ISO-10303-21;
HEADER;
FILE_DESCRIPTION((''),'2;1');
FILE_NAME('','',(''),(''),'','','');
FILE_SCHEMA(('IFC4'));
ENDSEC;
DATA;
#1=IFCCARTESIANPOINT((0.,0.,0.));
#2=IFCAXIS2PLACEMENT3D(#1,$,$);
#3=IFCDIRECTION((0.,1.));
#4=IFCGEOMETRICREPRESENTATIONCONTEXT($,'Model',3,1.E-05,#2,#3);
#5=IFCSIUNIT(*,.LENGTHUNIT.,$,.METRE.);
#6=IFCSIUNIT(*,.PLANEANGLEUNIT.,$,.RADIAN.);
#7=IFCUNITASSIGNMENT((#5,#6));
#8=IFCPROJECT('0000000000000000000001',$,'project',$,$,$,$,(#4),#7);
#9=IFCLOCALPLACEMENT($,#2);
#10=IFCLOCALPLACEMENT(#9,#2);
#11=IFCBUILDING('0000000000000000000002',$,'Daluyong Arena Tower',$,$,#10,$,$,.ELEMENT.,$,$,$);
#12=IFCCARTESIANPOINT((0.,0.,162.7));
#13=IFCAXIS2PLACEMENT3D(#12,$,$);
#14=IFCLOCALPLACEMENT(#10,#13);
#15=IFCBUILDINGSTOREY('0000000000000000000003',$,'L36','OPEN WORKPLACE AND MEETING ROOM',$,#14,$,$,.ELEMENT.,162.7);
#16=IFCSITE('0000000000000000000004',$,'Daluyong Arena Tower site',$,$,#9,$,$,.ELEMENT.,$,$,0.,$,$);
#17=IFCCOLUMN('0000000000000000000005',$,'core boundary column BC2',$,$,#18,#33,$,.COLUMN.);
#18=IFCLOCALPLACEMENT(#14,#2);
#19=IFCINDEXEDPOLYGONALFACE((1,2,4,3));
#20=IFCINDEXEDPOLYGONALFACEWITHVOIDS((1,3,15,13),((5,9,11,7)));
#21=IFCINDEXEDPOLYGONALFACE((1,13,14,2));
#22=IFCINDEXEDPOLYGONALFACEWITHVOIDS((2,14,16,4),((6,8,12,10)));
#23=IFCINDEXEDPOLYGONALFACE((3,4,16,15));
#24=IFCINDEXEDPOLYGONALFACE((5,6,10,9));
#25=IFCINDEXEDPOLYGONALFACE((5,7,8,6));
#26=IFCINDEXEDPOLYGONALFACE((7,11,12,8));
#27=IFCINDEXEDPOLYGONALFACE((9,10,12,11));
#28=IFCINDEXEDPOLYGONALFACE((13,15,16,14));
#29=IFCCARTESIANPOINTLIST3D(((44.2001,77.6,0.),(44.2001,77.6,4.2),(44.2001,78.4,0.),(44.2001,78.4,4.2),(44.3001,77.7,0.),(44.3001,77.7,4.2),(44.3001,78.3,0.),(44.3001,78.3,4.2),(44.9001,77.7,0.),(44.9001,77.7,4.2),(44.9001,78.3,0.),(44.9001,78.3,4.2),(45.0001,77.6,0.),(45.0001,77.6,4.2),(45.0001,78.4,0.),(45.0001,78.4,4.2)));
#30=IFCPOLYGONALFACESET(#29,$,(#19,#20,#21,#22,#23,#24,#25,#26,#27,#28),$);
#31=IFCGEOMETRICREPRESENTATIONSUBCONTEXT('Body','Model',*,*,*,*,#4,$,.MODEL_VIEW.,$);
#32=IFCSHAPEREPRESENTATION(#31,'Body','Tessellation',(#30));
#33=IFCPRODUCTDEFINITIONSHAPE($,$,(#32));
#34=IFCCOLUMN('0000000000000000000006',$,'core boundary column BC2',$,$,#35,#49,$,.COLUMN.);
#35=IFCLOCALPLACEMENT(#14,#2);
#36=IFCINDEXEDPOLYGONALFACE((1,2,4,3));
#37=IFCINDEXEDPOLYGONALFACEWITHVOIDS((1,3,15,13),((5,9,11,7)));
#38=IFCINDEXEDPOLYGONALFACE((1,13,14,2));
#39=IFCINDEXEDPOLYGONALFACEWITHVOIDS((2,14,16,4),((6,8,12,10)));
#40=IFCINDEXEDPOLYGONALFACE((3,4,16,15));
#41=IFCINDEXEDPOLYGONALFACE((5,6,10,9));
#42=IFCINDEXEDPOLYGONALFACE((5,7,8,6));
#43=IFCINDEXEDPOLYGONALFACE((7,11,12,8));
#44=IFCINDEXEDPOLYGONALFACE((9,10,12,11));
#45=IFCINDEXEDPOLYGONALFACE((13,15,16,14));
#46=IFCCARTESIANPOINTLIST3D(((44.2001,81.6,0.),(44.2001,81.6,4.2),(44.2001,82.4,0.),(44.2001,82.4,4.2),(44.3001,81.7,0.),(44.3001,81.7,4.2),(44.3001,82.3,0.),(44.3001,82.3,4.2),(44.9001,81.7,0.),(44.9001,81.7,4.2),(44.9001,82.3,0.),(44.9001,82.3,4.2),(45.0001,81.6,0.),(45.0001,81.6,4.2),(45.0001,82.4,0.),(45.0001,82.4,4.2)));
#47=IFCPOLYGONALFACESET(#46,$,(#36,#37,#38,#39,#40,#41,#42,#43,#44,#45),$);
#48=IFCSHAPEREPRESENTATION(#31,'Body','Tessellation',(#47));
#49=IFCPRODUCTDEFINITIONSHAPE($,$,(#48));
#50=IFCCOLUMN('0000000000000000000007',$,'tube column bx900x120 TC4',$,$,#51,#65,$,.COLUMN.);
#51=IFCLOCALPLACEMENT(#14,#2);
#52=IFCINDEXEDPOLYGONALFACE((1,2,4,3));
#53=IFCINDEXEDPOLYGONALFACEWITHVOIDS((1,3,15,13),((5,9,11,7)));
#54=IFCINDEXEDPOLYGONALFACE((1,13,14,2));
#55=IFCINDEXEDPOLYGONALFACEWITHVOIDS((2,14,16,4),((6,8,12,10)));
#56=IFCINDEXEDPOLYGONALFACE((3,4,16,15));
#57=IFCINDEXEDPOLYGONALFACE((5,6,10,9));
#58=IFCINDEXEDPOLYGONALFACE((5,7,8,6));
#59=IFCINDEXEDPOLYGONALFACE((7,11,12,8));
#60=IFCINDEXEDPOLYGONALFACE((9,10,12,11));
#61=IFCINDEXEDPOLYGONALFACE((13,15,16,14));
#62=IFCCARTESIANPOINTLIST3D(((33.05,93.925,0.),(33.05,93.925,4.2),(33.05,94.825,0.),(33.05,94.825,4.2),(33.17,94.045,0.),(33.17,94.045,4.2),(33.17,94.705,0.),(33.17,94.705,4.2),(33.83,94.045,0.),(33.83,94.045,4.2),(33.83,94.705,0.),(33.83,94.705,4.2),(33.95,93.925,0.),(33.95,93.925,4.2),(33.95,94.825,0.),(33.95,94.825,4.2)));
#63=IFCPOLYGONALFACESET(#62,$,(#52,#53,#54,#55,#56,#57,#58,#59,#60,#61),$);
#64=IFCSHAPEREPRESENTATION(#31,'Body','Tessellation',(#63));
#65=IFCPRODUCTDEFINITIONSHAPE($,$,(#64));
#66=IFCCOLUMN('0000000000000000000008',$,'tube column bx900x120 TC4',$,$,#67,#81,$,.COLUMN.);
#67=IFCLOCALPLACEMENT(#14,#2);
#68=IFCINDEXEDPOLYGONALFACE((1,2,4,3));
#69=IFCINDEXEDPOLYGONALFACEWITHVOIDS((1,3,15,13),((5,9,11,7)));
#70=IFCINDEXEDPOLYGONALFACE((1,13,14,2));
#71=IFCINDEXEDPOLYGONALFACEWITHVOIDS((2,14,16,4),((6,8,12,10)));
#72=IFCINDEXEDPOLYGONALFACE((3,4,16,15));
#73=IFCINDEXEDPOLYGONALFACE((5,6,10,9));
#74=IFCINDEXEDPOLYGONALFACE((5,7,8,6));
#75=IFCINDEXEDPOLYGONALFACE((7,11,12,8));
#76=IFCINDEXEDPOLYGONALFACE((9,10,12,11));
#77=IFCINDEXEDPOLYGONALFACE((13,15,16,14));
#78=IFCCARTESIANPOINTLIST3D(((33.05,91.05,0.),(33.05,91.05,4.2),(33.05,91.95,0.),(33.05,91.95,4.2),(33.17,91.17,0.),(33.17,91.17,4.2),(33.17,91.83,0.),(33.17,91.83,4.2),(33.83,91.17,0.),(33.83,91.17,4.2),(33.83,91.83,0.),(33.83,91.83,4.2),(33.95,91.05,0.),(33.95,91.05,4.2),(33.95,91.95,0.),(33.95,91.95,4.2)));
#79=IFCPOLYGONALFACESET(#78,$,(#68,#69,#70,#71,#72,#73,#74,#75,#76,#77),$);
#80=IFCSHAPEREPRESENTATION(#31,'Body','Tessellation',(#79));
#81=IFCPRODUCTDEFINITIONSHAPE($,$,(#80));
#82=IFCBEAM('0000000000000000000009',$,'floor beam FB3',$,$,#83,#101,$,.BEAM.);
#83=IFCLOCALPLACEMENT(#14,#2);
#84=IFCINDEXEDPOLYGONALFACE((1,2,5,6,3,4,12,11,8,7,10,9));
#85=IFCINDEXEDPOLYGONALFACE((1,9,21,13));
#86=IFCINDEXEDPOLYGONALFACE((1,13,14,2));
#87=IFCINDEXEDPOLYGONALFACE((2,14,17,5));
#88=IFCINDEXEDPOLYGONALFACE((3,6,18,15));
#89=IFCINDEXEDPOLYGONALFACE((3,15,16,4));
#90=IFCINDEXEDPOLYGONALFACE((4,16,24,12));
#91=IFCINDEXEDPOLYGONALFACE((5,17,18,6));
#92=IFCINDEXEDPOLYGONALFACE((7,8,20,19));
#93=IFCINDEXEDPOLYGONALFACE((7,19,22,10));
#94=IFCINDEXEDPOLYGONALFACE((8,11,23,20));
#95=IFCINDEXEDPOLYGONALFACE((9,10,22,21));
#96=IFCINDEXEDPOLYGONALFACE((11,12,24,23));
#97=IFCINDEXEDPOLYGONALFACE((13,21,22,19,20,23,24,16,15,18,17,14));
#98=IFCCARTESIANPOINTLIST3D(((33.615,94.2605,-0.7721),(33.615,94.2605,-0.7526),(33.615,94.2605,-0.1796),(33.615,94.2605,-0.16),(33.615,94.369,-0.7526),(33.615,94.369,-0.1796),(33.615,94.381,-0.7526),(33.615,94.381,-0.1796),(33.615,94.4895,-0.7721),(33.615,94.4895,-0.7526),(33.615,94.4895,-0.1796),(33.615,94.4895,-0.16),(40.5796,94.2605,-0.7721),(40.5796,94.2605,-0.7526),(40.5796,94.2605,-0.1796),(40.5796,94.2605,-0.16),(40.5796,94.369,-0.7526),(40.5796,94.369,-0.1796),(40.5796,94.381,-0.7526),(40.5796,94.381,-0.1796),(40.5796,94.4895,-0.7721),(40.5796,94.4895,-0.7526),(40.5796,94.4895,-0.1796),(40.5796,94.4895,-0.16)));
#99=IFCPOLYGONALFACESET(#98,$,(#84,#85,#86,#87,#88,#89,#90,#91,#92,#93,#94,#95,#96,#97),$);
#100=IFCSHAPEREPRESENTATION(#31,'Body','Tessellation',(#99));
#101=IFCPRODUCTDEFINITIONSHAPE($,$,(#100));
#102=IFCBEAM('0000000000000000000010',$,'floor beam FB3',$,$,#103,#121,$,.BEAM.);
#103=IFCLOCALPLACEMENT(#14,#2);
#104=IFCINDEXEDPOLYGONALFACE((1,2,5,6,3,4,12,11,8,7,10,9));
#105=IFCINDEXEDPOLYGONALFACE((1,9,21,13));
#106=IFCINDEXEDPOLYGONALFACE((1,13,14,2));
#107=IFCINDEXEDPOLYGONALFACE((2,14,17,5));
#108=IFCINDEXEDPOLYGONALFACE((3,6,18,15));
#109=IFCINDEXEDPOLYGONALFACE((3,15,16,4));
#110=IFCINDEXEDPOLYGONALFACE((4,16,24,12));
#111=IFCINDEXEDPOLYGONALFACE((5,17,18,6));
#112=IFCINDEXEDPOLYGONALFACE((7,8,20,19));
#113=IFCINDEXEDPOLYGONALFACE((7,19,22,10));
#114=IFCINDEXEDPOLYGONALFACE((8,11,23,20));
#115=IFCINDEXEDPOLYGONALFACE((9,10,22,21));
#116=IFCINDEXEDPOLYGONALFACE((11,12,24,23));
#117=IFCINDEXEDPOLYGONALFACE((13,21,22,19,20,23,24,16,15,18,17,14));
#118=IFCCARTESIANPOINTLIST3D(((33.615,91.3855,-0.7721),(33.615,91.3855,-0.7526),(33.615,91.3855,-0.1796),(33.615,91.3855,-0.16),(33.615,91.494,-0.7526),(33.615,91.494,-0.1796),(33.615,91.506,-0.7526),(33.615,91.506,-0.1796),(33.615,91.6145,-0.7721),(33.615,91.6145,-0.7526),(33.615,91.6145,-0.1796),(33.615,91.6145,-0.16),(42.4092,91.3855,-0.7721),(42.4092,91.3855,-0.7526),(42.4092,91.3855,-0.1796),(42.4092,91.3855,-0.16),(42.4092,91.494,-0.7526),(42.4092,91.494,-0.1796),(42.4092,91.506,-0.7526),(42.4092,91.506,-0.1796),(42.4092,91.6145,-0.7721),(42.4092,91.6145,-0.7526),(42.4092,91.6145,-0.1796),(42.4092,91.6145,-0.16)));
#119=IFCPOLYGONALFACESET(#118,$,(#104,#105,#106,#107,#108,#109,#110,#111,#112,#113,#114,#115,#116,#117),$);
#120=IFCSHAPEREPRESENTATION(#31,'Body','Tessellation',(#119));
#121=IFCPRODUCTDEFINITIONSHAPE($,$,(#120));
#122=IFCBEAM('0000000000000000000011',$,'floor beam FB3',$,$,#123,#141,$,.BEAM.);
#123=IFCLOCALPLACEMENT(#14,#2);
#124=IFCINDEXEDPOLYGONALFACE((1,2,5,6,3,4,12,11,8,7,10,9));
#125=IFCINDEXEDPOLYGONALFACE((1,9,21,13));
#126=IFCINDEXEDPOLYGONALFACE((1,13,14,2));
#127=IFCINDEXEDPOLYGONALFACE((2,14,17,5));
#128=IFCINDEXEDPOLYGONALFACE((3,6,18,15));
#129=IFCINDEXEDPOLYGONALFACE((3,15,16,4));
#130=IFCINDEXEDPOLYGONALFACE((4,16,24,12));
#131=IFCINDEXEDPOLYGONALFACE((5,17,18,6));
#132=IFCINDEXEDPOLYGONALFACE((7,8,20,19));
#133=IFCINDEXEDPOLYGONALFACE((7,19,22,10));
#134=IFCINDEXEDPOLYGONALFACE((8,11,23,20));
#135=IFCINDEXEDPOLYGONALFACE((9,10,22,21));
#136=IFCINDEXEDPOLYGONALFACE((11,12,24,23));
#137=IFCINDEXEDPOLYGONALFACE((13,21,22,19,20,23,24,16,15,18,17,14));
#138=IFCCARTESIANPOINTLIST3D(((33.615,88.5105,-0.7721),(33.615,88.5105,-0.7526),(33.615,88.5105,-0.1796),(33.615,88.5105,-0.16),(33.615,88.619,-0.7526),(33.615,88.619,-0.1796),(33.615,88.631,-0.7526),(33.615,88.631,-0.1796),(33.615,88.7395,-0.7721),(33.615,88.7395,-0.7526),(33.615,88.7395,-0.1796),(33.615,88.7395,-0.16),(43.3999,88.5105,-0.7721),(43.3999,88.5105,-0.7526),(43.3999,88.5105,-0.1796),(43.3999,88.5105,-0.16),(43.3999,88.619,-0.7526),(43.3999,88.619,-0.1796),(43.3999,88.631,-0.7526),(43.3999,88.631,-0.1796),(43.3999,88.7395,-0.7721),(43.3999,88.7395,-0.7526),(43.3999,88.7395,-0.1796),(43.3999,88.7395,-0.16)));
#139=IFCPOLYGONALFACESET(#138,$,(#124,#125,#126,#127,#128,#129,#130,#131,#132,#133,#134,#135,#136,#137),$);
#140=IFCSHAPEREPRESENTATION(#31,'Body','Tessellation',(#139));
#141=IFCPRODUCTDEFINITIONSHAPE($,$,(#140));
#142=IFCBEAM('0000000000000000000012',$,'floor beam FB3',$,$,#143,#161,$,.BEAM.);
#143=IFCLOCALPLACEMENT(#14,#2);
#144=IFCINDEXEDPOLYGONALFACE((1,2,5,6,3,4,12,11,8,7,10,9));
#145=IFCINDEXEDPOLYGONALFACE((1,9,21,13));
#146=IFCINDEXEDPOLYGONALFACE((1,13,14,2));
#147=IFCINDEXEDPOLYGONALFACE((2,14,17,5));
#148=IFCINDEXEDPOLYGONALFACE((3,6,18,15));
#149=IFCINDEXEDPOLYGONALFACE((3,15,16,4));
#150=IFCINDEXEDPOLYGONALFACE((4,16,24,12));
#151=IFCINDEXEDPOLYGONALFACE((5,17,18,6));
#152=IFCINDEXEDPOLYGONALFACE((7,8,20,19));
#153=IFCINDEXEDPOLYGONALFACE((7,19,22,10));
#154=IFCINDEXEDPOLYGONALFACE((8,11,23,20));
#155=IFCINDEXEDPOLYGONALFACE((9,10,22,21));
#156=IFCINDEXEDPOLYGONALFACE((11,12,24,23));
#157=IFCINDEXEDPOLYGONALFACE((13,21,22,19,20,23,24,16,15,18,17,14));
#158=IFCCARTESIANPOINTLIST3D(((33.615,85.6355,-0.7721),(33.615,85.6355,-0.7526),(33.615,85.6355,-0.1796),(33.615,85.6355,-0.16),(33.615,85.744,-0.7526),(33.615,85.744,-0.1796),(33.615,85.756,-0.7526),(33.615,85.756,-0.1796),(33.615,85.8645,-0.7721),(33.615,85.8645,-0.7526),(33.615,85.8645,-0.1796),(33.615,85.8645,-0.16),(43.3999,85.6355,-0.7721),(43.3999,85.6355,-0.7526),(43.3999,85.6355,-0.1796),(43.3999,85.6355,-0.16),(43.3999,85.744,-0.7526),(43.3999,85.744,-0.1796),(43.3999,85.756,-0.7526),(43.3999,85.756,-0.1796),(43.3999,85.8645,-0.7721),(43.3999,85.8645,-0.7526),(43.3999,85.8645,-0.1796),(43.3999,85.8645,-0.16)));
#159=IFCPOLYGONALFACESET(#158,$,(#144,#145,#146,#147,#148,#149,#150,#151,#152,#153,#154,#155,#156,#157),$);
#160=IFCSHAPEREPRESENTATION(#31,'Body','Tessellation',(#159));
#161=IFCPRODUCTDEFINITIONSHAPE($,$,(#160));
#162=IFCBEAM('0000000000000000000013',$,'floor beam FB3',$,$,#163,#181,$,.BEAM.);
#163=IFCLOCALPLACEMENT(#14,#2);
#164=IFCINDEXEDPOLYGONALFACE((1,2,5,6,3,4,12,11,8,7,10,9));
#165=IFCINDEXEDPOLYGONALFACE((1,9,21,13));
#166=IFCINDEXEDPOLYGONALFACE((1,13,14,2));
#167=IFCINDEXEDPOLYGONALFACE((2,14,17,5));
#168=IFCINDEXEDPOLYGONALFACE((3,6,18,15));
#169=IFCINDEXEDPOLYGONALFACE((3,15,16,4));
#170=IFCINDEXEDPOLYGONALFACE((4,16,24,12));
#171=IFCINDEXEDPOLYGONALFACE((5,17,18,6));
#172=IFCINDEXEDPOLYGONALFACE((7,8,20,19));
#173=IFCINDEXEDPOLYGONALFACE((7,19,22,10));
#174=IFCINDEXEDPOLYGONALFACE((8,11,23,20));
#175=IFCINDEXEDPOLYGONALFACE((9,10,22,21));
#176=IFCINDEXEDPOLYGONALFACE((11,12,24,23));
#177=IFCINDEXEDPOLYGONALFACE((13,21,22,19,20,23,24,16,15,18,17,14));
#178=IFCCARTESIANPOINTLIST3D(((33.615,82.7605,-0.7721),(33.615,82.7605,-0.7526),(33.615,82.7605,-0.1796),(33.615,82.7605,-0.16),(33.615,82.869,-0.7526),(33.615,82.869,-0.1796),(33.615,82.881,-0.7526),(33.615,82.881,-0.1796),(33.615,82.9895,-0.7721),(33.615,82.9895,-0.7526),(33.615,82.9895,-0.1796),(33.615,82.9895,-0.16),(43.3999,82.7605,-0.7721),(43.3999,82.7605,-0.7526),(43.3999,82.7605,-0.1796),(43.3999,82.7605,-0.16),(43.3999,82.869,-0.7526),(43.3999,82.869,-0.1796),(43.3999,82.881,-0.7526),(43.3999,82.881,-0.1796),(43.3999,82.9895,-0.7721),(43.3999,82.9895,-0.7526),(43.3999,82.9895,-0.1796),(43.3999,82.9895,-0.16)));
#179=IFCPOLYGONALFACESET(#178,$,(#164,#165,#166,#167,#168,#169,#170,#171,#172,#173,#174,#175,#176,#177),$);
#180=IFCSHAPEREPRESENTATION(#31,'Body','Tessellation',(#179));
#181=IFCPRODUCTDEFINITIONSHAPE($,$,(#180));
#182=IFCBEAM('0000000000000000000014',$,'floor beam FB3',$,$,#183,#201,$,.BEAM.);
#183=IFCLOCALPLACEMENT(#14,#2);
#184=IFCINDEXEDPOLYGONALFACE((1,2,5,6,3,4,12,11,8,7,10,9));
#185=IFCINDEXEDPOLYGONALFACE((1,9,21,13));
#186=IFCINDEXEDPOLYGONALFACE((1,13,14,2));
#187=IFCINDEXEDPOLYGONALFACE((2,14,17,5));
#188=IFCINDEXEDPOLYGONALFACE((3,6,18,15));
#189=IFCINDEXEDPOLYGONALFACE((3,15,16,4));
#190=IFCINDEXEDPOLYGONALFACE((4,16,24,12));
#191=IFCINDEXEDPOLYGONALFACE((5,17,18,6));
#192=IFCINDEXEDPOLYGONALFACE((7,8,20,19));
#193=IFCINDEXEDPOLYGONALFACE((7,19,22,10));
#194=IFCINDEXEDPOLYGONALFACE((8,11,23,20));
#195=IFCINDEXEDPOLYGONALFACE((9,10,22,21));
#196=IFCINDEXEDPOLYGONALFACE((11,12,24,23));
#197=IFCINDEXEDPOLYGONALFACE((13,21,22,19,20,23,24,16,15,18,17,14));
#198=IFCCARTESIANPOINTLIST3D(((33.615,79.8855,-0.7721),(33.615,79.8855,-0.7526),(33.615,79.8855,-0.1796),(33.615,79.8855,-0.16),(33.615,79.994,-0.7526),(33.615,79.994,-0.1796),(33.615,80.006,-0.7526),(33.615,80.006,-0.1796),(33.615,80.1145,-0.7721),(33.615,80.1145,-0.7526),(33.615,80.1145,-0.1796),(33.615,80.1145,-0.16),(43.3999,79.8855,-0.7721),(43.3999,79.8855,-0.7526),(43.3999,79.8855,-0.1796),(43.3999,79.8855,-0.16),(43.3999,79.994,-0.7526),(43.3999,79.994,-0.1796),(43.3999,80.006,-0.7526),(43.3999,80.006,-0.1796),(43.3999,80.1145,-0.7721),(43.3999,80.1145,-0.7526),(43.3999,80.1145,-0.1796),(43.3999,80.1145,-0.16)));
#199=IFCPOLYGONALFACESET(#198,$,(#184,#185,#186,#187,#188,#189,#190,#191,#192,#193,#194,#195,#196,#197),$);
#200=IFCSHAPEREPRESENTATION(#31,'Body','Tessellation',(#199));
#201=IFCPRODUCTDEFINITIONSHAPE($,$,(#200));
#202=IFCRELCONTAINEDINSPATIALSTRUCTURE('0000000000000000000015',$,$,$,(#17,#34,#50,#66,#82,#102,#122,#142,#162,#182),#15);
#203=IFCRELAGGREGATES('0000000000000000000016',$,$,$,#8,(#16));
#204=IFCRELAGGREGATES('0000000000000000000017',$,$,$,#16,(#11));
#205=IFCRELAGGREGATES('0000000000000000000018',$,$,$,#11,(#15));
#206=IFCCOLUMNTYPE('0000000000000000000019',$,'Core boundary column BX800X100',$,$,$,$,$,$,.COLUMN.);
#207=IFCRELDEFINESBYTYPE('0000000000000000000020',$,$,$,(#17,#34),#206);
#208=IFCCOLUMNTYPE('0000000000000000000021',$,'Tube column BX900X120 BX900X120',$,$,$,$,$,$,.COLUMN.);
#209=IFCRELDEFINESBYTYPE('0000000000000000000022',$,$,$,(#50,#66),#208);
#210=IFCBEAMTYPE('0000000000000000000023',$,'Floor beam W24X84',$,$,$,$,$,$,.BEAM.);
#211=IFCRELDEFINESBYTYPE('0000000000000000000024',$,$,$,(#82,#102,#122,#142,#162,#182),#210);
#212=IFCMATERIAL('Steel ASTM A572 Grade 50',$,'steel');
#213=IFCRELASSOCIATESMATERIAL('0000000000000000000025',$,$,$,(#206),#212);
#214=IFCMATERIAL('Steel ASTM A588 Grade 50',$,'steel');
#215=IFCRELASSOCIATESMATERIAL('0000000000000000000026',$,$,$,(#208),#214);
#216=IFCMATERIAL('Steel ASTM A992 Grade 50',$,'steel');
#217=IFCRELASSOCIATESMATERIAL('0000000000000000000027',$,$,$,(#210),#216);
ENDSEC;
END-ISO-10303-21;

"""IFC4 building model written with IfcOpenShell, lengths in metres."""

from ifc_helpers import new_model, si_unit, direction, frame, origin, origin_2d, place, context, subcontext, project, spatial, hollow_rectangle, i_section, extrude, material, material_profile, profile_set, type_object, element, save


model = new_model("IFC4")

# Units and contexts
model_context = context("Model", 3, precision=1e-05, world=origin(), true_north=direction((0.0, 1.0)))
body_context = subcontext(model_context, "Body", "Model", "MODEL_VIEW")
ifc_project = project(units=[si_unit("LENGTHUNIT", "METRE"), si_unit("PLANEANGLEUNIT", "RADIAN")], contexts=[model_context])

# Site, building, storey
site_placement = place(None, origin())
site = spatial("IfcSite", under=ifc_project, at=site_placement, Name="Daluyong Arena Tower site", CompositionType="ELEMENT", RefElevation=0.0)
building_placement = place(site_placement, origin())
building = spatial("IfcBuilding", under=site, at=building_placement, Name="Daluyong Arena Tower", CompositionType="ELEMENT")
storey_placement = place(building_placement, frame((0.0, 0.0, 162.7)))
storey = spatial("IfcBuildingStorey", under=building, at=storey_placement, Name="L36", Description="OPEN WORKPLACE AND MEETING ROOM", CompositionType="ELEMENT", Elevation=162.7)

# Columns
ifc_material_1 = material(Name="Steel ASTM A572 Grade 50", Category="steel")
ifc_material_profile_1 = material_profile(ifc_material_1, hollow_rectangle(XDim=0.8, YDim=0.8, WallThickness=0.1, at=origin_2d()))
ifc_profile_set_1 = profile_set([ifc_material_profile_1], Name="Steel ASTM A572 Grade 50")
column_type_1 = type_object("IfcColumnType", Name="Core boundary column BX800X100", PredefinedType="COLUMN", material=ifc_profile_set_1)
for number, where, z_axis, x_axis, name in (
    (1, (44.6001, 78.0, 0.0), (0.0, 0.0, 1.0), (1.0, 0.0, 0.0), "core boundary column BC2"),
    (2, (44.6001, 82.0, 0.0), (0.0, 0.0, 1.0), (1.0, 0.0, 0.0), "core boundary column BC2"),
):
    element("IfcColumn", number, at=place(storey_placement, frame(where, z_axis=z_axis, x_axis=x_axis)), inside=storey, type_object=column_type_1, Name=name, PredefinedType="COLUMN", context=body_context, shape_type="SweptSolid", body=[
        extrude(hollow_rectangle(XDim=0.8, YDim=0.8, WallThickness=0.1, at=origin_2d()), origin(), (0.0, 0.0, 1.0), 4.2),
    ])
ifc_material_2 = material(Name="Steel ASTM A588 Grade 50", Category="steel")
ifc_material_profile_2 = material_profile(ifc_material_2, hollow_rectangle(XDim=0.8999, YDim=0.8999, WallThickness=0.12, at=origin_2d()))
ifc_profile_set_2 = profile_set([ifc_material_profile_2], Name="Steel ASTM A588 Grade 50")
column_type_2 = type_object("IfcColumnType", Name="Tube column BX900X120 BX900X120", PredefinedType="COLUMN", material=ifc_profile_set_2)
for number, where, z_axis, x_axis, name in (
    (3, (33.5, 94.375, 0.0), (0.0, 0.0, 1.0), (0.0, 1.0, 0.0), "tube column bx900x120 TC4"),
    (4, (33.5, 91.5, 0.0), (0.0, 0.0, 1.0), (0.0, 1.0, 0.0), "tube column bx900x120 TC4"),
):
    element("IfcColumn", number, at=place(storey_placement, frame(where, z_axis=z_axis, x_axis=x_axis)), inside=storey, type_object=column_type_2, Name=name, PredefinedType="COLUMN", context=body_context, shape_type="SweptSolid", body=[
        extrude(hollow_rectangle(XDim=0.8999, YDim=0.8999, WallThickness=0.12, at=origin_2d()), origin(), (0.0, 0.0, 1.0), 4.2),
    ])

# Beams
ifc_material_3 = material(Name="Steel ASTM A992 Grade 50", Category="steel")
ifc_material_profile_3 = material_profile(ifc_material_3, i_section(OverallWidth=0.229, OverallDepth=0.6121, WebThickness=0.012, FlangeThickness=0.0195, at=origin_2d()))
ifc_profile_set_3 = profile_set([ifc_material_profile_3], Name="Steel ASTM A992 Grade 50")
beam_type_1 = type_object("IfcBeamType", Name="Floor beam W24X84", PredefinedType="BEAM", material=ifc_profile_set_3)
beam_1_placement = place(storey_placement, frame((33.615, 94.375, -0.4661), z_axis=(1.0, 0.0, 0.0), x_axis=(0.0, 1.0, 0.0)))
element("IfcBeam", 5, at=beam_1_placement, inside=storey, type_object=beam_type_1, Name="floor beam FB3", PredefinedType="BEAM", context=body_context, shape_type="SweptSolid", body=[
    extrude(i_section(OverallWidth=0.229, OverallDepth=0.6121, WebThickness=0.012, FlangeThickness=0.0195, at=origin_2d()), origin(), (0.0, 0.0, 1.0), 6.9646),
])
beam_2_placement = place(storey_placement, frame((33.615, 91.5, -0.4661), z_axis=(1.0, 0.0, 0.0), x_axis=(0.0, 1.0, 0.0)))
element("IfcBeam", 6, at=beam_2_placement, inside=storey, type_object=beam_type_1, Name="floor beam FB3", PredefinedType="BEAM", context=body_context, shape_type="SweptSolid", body=[
    extrude(i_section(OverallWidth=0.229, OverallDepth=0.6121, WebThickness=0.012, FlangeThickness=0.0195, at=origin_2d()), origin(), (0.0, 0.0, 1.0), 8.7942),
])
for number, where, z_axis, x_axis, name in (
    (7, (33.615, 88.625, -0.4661), (1.0, 0.0, 0.0), (0.0, 1.0, 0.0), "floor beam FB3"),
    (8, (33.615, 85.75, -0.4661), (1.0, 0.0, 0.0), (0.0, 1.0, 0.0), "floor beam FB3"),
    (9, (33.615, 82.875, -0.4661), (1.0, 0.0, 0.0), (0.0, 1.0, 0.0), "floor beam FB3"),
    (10, (33.615, 80.0, -0.4661), (1.0, 0.0, 0.0), (0.0, 1.0, 0.0), "floor beam FB3"),
):
    element("IfcBeam", number, at=place(storey_placement, frame(where, z_axis=z_axis, x_axis=x_axis)), inside=storey, type_object=beam_type_1, Name=name, PredefinedType="BEAM", context=body_context, shape_type="SweptSolid", body=[
        extrude(i_section(OverallWidth=0.229, OverallDepth=0.6121, WebThickness=0.012, FlangeThickness=0.0195, at=origin_2d()), origin(), (0.0, 0.0, 1.0), 9.7849),
    ])

save(model, "model.ifc")
